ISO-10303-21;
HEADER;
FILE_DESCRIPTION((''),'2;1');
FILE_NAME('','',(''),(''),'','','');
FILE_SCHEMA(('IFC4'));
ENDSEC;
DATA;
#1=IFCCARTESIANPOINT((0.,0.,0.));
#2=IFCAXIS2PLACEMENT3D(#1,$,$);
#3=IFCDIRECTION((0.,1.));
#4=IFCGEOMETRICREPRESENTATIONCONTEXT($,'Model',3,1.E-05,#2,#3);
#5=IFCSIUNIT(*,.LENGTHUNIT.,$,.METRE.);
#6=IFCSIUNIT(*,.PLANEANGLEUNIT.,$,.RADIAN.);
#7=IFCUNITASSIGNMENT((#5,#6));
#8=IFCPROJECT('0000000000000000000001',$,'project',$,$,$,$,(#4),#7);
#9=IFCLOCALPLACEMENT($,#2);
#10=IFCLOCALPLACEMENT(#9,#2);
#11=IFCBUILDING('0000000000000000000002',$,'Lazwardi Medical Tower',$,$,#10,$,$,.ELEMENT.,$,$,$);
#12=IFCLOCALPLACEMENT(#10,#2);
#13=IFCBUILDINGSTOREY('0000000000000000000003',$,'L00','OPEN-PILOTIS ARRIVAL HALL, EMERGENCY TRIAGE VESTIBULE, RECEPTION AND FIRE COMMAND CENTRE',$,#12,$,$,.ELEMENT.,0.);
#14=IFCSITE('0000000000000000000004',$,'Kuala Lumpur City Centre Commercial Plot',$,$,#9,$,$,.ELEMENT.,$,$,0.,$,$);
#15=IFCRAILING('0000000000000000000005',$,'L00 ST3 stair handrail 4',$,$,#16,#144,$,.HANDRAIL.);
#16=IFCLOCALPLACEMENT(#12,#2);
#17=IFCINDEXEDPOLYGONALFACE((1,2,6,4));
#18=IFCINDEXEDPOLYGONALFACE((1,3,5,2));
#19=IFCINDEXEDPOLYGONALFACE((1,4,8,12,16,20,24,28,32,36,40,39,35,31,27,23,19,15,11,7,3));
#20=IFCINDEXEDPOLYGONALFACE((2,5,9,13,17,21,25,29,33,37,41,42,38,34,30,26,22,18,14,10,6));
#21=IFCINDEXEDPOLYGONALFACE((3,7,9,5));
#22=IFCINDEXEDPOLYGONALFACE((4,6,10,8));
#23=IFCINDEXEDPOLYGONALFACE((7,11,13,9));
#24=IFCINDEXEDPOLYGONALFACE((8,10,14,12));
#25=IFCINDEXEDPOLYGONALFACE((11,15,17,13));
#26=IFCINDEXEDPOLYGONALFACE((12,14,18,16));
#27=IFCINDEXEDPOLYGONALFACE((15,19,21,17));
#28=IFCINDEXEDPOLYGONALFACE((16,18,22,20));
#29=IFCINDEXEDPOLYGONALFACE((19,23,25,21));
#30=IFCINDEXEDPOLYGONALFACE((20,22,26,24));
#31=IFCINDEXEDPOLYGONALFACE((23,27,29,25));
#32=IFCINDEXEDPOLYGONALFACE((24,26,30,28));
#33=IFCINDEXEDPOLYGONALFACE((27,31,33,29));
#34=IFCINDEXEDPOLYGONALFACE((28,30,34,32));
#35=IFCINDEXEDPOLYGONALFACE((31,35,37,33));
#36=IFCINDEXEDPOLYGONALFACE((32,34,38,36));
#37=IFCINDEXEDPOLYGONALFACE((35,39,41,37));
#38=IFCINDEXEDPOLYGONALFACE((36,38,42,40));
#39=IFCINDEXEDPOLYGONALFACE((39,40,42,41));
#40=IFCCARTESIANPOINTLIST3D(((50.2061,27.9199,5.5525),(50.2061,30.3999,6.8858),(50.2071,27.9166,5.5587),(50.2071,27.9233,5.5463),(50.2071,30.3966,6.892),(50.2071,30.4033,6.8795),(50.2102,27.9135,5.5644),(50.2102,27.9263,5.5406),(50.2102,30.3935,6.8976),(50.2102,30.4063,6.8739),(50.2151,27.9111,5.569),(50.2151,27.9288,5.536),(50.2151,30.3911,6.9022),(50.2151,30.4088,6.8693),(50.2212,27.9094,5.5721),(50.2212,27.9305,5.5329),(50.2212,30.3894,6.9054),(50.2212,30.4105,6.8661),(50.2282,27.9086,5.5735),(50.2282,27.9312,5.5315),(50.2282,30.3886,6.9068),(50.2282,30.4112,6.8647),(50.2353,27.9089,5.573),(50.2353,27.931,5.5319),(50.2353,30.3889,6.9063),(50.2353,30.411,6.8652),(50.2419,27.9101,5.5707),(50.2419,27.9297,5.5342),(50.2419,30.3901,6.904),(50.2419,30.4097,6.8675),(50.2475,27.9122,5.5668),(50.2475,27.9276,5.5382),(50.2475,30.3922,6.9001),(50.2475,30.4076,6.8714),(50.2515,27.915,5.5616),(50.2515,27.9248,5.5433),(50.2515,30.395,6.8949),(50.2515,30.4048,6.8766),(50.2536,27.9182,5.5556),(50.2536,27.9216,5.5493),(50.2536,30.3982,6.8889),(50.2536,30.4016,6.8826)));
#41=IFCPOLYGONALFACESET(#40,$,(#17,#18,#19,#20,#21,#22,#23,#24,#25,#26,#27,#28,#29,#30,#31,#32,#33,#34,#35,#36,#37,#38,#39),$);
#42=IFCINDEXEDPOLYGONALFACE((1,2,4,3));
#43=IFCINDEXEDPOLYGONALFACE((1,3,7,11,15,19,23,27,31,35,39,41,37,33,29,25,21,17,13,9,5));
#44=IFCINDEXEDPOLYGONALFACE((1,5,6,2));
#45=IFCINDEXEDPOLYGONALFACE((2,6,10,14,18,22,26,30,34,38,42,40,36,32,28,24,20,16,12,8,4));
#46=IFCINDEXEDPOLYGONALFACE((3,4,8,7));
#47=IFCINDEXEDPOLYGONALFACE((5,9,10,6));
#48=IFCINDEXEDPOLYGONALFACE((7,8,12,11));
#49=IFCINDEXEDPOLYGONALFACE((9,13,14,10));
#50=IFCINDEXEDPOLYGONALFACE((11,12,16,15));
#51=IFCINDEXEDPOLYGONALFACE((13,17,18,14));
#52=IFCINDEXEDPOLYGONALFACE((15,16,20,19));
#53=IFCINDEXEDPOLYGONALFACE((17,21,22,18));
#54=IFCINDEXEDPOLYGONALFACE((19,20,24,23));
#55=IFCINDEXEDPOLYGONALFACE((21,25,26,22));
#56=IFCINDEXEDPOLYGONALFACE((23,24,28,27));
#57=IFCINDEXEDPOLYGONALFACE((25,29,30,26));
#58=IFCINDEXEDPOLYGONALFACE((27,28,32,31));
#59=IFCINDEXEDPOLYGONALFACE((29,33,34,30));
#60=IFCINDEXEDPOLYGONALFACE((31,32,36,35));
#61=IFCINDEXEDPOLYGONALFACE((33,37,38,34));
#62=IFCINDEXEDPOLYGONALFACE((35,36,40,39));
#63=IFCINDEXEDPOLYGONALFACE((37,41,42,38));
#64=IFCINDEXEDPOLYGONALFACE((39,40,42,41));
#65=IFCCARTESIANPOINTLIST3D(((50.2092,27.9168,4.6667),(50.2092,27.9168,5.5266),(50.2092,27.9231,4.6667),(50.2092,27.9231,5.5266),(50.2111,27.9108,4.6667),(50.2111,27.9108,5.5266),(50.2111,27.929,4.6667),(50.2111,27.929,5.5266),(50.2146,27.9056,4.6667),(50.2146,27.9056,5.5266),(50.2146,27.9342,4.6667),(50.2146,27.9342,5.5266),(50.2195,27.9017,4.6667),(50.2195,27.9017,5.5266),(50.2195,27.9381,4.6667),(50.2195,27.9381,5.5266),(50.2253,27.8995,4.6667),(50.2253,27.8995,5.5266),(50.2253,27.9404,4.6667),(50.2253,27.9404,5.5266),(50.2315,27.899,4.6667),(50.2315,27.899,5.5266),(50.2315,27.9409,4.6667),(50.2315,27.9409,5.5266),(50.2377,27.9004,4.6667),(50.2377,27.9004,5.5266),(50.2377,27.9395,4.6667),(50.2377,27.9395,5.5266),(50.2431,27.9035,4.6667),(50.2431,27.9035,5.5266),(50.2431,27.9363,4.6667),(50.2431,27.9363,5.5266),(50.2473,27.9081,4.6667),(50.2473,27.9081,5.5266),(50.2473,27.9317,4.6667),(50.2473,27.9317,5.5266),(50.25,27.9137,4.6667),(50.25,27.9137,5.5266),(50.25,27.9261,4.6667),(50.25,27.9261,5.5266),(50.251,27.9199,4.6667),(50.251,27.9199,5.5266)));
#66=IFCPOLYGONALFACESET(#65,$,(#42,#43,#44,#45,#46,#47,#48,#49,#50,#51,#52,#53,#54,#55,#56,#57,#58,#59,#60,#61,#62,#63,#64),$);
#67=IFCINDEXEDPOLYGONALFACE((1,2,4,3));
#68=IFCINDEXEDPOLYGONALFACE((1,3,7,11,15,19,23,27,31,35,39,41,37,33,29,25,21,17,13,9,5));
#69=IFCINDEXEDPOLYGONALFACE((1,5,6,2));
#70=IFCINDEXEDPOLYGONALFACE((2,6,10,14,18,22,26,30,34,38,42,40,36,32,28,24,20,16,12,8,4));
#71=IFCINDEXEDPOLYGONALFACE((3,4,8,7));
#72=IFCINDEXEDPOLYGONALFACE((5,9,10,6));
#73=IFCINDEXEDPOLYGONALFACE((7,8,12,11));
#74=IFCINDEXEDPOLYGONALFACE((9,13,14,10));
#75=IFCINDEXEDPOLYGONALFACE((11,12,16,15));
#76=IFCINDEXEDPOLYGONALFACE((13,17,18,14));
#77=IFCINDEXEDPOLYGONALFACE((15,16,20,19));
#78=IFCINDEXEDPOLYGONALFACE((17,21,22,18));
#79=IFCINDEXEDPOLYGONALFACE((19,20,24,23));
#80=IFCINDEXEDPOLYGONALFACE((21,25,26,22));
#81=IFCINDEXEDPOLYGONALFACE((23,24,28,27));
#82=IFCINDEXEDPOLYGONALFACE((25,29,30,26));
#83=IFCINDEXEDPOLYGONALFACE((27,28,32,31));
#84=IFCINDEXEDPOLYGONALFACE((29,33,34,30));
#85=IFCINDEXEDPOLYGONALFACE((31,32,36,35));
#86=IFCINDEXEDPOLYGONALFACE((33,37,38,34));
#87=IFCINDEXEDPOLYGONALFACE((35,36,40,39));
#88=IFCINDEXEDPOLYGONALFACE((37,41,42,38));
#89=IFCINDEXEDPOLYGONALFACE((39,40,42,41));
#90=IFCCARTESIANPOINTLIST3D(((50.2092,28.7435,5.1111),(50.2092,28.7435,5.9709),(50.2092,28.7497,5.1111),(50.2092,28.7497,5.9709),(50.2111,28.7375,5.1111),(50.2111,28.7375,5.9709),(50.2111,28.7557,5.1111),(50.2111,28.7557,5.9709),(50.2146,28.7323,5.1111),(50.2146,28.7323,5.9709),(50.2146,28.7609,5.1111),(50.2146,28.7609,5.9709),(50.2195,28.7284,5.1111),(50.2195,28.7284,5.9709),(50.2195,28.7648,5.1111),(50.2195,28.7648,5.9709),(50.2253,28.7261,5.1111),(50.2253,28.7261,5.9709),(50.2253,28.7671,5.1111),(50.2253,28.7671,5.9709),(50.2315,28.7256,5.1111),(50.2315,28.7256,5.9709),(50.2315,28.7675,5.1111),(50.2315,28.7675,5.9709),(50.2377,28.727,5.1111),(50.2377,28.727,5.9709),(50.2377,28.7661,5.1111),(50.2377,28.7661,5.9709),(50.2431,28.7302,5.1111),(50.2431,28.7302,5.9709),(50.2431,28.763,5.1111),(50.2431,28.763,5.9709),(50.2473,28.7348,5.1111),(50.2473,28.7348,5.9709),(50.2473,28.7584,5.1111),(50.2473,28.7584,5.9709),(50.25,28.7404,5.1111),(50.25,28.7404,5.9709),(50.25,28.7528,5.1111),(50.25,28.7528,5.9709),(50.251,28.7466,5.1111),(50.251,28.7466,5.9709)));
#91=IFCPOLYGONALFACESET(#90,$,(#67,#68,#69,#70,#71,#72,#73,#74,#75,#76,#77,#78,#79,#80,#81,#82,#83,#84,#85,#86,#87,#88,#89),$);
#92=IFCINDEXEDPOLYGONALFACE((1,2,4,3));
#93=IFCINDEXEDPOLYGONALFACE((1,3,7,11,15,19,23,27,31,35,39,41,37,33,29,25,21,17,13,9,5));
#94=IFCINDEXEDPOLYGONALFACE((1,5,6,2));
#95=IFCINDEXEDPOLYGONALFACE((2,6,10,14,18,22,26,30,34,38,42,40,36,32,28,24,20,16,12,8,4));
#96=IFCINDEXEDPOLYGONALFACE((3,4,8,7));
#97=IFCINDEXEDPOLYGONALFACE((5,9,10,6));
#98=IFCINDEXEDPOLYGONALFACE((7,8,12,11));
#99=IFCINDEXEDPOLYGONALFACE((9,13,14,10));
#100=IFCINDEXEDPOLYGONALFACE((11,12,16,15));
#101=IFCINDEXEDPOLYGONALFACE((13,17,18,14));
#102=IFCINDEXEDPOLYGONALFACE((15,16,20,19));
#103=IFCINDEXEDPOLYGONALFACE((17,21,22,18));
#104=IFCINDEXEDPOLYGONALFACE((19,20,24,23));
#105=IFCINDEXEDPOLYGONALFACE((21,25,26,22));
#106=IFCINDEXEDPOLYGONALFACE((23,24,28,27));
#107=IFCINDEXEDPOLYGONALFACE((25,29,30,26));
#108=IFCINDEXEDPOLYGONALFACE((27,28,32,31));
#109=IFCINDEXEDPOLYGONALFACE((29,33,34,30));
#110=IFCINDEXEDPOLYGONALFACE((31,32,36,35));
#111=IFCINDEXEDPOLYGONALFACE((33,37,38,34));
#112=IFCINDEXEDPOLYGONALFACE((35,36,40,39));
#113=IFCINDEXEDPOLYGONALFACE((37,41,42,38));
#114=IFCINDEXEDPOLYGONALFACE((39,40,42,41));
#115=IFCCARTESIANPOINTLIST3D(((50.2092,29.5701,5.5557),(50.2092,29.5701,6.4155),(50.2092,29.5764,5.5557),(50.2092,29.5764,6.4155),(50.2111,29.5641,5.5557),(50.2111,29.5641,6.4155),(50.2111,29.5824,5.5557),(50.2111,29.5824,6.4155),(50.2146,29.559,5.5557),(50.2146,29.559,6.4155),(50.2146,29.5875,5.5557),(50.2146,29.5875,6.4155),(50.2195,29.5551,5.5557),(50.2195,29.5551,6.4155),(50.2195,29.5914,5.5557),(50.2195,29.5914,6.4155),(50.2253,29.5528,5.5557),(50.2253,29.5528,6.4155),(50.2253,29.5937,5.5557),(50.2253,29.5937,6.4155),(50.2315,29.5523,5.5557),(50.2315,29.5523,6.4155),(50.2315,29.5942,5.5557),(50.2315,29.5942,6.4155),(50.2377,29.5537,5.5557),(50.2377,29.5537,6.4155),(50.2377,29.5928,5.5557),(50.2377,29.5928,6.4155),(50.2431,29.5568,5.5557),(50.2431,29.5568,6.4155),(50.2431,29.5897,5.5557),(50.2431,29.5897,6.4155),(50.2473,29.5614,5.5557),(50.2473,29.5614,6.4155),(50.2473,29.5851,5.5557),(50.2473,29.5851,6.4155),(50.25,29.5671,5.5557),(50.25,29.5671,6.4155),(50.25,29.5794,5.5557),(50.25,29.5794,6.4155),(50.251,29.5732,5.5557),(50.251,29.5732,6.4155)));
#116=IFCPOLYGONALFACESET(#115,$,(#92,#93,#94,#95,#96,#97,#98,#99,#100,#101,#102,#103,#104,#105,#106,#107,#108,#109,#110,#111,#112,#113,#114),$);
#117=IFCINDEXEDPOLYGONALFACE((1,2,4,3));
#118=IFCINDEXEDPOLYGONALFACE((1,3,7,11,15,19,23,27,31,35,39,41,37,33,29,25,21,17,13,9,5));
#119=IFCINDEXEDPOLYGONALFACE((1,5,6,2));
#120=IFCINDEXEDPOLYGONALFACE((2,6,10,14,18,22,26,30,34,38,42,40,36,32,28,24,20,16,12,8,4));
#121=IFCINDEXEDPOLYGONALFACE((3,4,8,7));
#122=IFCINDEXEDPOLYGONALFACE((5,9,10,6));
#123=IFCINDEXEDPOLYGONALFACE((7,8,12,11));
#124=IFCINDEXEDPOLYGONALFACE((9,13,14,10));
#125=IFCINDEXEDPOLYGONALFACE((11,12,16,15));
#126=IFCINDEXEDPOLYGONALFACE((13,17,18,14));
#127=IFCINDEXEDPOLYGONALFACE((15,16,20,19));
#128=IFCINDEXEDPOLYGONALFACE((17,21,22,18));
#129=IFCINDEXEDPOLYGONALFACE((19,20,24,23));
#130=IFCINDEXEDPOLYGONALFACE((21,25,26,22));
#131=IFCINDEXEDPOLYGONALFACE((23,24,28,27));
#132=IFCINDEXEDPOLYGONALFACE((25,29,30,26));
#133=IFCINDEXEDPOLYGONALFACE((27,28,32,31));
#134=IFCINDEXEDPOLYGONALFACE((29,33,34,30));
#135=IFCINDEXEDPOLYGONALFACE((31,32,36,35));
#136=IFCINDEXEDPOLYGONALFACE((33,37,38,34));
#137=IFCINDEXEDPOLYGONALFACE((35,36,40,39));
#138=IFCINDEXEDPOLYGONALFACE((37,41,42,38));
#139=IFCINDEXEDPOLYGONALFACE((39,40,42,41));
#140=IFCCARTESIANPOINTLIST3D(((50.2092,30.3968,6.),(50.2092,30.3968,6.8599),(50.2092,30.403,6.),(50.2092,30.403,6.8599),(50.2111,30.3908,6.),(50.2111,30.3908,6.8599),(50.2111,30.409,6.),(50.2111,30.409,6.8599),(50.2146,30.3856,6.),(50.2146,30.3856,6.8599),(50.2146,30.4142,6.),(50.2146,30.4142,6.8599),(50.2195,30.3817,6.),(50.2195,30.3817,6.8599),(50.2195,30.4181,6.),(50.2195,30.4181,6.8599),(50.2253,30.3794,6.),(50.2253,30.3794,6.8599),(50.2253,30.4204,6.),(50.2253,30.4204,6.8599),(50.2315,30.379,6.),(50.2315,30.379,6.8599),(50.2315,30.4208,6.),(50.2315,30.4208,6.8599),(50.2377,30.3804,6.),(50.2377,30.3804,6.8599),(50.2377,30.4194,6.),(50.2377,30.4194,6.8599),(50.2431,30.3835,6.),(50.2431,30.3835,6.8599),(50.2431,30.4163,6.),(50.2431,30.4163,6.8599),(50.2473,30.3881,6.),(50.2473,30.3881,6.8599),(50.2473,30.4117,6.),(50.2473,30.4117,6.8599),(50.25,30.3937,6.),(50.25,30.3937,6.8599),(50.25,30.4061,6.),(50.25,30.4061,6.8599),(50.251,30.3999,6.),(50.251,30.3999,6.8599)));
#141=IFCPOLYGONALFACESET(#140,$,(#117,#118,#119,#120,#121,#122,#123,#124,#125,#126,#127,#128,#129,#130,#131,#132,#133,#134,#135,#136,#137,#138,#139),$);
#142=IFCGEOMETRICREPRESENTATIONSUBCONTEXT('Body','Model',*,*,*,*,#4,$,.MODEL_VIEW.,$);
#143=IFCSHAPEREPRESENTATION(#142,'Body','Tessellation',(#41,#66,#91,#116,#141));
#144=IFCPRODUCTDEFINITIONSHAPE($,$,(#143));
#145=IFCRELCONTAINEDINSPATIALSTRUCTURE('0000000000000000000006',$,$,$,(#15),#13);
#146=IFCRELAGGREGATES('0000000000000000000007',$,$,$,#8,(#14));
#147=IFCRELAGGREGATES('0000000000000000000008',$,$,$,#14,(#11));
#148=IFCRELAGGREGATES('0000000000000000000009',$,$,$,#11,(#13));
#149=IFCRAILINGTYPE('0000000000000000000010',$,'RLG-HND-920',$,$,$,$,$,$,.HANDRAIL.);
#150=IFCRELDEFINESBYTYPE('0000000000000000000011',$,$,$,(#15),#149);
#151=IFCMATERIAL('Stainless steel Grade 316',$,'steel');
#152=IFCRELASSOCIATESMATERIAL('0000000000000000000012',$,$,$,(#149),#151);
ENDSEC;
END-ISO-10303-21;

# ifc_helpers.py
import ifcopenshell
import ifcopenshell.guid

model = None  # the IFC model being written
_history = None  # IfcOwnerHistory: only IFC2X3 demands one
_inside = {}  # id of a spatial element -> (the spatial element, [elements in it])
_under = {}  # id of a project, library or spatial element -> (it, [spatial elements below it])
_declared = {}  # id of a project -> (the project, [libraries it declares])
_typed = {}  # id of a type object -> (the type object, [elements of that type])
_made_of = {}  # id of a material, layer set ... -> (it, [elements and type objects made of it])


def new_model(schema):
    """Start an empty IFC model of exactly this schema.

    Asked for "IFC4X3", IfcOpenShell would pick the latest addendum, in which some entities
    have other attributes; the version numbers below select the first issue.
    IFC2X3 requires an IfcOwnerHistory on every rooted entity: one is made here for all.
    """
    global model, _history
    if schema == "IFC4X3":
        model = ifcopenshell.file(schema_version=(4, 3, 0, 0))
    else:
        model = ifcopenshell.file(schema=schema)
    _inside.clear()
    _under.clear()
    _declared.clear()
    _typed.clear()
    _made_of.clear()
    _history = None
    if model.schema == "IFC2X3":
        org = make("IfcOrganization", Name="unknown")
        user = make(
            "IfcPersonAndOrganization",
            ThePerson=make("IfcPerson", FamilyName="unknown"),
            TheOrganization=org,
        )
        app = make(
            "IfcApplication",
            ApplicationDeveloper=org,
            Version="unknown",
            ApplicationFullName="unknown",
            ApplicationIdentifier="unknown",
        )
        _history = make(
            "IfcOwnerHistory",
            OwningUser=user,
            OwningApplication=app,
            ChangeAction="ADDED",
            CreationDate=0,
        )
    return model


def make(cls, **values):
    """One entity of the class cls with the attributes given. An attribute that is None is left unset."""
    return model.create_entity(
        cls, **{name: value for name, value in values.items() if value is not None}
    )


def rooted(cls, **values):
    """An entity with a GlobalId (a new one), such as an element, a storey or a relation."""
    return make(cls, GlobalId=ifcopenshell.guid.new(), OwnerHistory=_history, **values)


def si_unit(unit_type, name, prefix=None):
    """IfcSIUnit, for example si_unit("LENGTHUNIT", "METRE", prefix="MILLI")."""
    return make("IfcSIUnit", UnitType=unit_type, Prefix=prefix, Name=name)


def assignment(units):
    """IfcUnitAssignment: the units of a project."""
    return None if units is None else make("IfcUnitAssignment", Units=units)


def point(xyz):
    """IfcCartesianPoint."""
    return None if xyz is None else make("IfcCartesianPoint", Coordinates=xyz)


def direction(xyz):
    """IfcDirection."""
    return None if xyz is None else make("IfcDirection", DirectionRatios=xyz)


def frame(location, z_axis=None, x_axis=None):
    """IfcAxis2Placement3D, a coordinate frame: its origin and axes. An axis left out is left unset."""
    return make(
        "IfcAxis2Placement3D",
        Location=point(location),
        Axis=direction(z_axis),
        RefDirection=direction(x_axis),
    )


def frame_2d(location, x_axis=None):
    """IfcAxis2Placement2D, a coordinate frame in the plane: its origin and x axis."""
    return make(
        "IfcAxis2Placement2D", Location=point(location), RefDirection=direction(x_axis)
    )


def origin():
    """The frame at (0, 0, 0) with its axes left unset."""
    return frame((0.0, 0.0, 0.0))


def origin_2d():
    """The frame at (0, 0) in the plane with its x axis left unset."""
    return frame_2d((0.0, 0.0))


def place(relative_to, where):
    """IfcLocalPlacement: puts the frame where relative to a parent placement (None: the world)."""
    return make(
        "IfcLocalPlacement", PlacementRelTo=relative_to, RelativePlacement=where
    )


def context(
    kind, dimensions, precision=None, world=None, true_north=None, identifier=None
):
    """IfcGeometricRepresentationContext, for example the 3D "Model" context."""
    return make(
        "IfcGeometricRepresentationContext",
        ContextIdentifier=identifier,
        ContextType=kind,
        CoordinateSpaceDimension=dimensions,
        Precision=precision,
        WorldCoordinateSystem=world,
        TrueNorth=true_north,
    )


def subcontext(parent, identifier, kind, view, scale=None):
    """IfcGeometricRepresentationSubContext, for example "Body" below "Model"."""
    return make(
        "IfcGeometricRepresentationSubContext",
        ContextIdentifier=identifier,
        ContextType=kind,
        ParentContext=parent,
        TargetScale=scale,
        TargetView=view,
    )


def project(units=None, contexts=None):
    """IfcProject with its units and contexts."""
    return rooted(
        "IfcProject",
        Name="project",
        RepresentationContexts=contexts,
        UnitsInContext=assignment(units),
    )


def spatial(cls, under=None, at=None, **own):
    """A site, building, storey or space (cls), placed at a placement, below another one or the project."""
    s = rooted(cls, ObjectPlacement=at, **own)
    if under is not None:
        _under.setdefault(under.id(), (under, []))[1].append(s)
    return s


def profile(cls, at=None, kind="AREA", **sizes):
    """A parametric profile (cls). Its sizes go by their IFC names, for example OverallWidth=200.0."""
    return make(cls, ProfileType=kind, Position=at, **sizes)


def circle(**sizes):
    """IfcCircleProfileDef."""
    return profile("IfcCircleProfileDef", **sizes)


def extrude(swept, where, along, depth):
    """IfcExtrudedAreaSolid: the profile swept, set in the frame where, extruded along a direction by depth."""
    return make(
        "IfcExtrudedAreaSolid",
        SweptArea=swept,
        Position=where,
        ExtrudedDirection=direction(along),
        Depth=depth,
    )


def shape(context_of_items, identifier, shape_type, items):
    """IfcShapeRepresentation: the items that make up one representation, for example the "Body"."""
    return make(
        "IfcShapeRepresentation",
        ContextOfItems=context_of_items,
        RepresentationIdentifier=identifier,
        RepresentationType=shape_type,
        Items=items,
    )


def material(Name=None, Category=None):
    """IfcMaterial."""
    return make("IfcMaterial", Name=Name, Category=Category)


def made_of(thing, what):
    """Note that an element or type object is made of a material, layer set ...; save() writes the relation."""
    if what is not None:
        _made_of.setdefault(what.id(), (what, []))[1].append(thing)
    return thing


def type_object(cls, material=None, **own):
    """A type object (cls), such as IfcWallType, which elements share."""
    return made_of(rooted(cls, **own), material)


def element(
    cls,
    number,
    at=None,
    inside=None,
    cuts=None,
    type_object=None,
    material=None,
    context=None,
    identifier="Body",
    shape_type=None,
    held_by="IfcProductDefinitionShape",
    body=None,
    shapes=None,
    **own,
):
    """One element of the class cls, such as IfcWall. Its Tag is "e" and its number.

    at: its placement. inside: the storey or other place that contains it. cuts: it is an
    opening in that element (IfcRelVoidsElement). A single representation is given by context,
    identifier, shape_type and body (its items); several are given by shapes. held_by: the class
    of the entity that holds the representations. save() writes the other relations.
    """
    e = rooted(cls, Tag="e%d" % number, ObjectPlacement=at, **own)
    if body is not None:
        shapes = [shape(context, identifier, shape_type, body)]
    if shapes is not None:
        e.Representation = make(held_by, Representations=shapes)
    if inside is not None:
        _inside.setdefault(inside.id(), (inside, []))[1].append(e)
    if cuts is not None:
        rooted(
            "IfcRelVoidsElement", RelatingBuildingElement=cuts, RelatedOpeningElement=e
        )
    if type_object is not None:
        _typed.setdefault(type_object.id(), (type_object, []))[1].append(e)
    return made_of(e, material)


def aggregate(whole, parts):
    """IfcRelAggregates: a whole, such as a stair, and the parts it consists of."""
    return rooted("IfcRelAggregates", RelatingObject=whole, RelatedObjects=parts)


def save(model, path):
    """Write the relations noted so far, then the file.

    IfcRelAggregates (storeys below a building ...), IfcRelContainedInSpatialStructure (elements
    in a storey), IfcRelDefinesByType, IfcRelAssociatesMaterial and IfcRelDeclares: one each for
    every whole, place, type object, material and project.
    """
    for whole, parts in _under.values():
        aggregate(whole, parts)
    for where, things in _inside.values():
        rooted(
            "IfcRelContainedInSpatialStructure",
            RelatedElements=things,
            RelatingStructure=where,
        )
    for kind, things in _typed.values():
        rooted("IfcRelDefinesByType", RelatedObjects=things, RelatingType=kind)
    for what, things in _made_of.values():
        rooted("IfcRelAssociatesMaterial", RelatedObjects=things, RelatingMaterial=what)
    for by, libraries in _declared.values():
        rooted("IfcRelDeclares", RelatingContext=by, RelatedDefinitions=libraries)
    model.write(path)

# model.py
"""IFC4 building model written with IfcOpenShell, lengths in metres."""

from ifc_helpers import new_model, si_unit, direction, frame, origin, origin_2d, place, context, subcontext, project, spatial, circle, extrude, material, type_object, element, save


model = new_model("IFC4")

# Units and contexts
model_context = context("Model", 3, precision=1e-05, world=origin(), true_north=direction((0.0, 1.0)))
body_context = subcontext(model_context, "Body", "Model", "MODEL_VIEW")
ifc_project = project(units=[si_unit("LENGTHUNIT", "METRE"), si_unit("PLANEANGLEUNIT", "RADIAN")], contexts=[model_context])

# Site, building, storey
site_placement = place(None, origin())
site = spatial("IfcSite", under=ifc_project, at=site_placement, Name="Kuala Lumpur City Centre Commercial Plot", CompositionType="ELEMENT", RefElevation=0.0)
building_placement = place(site_placement, origin())
building = spatial("IfcBuilding", under=site, at=building_placement, Name="Lazwardi Medical Tower", CompositionType="ELEMENT")
storey_placement = place(building_placement, origin())
storey = spatial("IfcBuildingStorey", under=building, at=storey_placement, Name="L00", Description="OPEN-PILOTIS ARRIVAL HALL, EMERGENCY TRIAGE VESTIBULE, RECEPTION AND FIRE COMMAND CENTRE", CompositionType="ELEMENT", Elevation=0.0)

# Railing
ifc_material_1 = material(Name="Stainless steel Grade 316", Category="steel")
railing_type_1 = type_object("IfcRailingType", Name="RLG-HND-920", PredefinedType="HANDRAIL", material=ifc_material_1)
for number, where, name in (
    (1, (50.23, 27.9199, 4.6667), "L00 ST3 stair handrail 4"),
):
    element("IfcRailing", number, at=place(storey_placement, frame(where)), inside=storey, type_object=railing_type_1, Name=name, PredefinedType="HANDRAIL", context=body_context, shape_type="SweptSolid", body=[
        extrude(circle(Radius=0.0239, at=origin_2d()), frame((0.0, 0.0, 0.8857), z_axis=(0.0, 0.880786, 0.473515), x_axis=(-1.0, 0.0, 0.0)), (0.0, 0.0, 1.0), 2.8157),
        extrude(circle(Radius=0.021, at=origin_2d()), origin(), (0.0, 0.0, 1.0), 0.8599),
        extrude(circle(Radius=0.021, at=origin_2d()), frame((0.0, 0.8267, 0.4443)), (0.0, 0.0, 1.0), 0.8599),
        extrude(circle(Radius=0.021, at=origin_2d()), frame((0.0, 1.6533, 0.8889)), (0.0, 0.0, 1.0), 0.8599),
        extrude(circle(Radius=0.021, at=origin_2d()), frame((0.0, 2.48, 1.3333)), (0.0, 0.0, 1.0), 0.8599),
    ])

save(model, "model.ifc")
